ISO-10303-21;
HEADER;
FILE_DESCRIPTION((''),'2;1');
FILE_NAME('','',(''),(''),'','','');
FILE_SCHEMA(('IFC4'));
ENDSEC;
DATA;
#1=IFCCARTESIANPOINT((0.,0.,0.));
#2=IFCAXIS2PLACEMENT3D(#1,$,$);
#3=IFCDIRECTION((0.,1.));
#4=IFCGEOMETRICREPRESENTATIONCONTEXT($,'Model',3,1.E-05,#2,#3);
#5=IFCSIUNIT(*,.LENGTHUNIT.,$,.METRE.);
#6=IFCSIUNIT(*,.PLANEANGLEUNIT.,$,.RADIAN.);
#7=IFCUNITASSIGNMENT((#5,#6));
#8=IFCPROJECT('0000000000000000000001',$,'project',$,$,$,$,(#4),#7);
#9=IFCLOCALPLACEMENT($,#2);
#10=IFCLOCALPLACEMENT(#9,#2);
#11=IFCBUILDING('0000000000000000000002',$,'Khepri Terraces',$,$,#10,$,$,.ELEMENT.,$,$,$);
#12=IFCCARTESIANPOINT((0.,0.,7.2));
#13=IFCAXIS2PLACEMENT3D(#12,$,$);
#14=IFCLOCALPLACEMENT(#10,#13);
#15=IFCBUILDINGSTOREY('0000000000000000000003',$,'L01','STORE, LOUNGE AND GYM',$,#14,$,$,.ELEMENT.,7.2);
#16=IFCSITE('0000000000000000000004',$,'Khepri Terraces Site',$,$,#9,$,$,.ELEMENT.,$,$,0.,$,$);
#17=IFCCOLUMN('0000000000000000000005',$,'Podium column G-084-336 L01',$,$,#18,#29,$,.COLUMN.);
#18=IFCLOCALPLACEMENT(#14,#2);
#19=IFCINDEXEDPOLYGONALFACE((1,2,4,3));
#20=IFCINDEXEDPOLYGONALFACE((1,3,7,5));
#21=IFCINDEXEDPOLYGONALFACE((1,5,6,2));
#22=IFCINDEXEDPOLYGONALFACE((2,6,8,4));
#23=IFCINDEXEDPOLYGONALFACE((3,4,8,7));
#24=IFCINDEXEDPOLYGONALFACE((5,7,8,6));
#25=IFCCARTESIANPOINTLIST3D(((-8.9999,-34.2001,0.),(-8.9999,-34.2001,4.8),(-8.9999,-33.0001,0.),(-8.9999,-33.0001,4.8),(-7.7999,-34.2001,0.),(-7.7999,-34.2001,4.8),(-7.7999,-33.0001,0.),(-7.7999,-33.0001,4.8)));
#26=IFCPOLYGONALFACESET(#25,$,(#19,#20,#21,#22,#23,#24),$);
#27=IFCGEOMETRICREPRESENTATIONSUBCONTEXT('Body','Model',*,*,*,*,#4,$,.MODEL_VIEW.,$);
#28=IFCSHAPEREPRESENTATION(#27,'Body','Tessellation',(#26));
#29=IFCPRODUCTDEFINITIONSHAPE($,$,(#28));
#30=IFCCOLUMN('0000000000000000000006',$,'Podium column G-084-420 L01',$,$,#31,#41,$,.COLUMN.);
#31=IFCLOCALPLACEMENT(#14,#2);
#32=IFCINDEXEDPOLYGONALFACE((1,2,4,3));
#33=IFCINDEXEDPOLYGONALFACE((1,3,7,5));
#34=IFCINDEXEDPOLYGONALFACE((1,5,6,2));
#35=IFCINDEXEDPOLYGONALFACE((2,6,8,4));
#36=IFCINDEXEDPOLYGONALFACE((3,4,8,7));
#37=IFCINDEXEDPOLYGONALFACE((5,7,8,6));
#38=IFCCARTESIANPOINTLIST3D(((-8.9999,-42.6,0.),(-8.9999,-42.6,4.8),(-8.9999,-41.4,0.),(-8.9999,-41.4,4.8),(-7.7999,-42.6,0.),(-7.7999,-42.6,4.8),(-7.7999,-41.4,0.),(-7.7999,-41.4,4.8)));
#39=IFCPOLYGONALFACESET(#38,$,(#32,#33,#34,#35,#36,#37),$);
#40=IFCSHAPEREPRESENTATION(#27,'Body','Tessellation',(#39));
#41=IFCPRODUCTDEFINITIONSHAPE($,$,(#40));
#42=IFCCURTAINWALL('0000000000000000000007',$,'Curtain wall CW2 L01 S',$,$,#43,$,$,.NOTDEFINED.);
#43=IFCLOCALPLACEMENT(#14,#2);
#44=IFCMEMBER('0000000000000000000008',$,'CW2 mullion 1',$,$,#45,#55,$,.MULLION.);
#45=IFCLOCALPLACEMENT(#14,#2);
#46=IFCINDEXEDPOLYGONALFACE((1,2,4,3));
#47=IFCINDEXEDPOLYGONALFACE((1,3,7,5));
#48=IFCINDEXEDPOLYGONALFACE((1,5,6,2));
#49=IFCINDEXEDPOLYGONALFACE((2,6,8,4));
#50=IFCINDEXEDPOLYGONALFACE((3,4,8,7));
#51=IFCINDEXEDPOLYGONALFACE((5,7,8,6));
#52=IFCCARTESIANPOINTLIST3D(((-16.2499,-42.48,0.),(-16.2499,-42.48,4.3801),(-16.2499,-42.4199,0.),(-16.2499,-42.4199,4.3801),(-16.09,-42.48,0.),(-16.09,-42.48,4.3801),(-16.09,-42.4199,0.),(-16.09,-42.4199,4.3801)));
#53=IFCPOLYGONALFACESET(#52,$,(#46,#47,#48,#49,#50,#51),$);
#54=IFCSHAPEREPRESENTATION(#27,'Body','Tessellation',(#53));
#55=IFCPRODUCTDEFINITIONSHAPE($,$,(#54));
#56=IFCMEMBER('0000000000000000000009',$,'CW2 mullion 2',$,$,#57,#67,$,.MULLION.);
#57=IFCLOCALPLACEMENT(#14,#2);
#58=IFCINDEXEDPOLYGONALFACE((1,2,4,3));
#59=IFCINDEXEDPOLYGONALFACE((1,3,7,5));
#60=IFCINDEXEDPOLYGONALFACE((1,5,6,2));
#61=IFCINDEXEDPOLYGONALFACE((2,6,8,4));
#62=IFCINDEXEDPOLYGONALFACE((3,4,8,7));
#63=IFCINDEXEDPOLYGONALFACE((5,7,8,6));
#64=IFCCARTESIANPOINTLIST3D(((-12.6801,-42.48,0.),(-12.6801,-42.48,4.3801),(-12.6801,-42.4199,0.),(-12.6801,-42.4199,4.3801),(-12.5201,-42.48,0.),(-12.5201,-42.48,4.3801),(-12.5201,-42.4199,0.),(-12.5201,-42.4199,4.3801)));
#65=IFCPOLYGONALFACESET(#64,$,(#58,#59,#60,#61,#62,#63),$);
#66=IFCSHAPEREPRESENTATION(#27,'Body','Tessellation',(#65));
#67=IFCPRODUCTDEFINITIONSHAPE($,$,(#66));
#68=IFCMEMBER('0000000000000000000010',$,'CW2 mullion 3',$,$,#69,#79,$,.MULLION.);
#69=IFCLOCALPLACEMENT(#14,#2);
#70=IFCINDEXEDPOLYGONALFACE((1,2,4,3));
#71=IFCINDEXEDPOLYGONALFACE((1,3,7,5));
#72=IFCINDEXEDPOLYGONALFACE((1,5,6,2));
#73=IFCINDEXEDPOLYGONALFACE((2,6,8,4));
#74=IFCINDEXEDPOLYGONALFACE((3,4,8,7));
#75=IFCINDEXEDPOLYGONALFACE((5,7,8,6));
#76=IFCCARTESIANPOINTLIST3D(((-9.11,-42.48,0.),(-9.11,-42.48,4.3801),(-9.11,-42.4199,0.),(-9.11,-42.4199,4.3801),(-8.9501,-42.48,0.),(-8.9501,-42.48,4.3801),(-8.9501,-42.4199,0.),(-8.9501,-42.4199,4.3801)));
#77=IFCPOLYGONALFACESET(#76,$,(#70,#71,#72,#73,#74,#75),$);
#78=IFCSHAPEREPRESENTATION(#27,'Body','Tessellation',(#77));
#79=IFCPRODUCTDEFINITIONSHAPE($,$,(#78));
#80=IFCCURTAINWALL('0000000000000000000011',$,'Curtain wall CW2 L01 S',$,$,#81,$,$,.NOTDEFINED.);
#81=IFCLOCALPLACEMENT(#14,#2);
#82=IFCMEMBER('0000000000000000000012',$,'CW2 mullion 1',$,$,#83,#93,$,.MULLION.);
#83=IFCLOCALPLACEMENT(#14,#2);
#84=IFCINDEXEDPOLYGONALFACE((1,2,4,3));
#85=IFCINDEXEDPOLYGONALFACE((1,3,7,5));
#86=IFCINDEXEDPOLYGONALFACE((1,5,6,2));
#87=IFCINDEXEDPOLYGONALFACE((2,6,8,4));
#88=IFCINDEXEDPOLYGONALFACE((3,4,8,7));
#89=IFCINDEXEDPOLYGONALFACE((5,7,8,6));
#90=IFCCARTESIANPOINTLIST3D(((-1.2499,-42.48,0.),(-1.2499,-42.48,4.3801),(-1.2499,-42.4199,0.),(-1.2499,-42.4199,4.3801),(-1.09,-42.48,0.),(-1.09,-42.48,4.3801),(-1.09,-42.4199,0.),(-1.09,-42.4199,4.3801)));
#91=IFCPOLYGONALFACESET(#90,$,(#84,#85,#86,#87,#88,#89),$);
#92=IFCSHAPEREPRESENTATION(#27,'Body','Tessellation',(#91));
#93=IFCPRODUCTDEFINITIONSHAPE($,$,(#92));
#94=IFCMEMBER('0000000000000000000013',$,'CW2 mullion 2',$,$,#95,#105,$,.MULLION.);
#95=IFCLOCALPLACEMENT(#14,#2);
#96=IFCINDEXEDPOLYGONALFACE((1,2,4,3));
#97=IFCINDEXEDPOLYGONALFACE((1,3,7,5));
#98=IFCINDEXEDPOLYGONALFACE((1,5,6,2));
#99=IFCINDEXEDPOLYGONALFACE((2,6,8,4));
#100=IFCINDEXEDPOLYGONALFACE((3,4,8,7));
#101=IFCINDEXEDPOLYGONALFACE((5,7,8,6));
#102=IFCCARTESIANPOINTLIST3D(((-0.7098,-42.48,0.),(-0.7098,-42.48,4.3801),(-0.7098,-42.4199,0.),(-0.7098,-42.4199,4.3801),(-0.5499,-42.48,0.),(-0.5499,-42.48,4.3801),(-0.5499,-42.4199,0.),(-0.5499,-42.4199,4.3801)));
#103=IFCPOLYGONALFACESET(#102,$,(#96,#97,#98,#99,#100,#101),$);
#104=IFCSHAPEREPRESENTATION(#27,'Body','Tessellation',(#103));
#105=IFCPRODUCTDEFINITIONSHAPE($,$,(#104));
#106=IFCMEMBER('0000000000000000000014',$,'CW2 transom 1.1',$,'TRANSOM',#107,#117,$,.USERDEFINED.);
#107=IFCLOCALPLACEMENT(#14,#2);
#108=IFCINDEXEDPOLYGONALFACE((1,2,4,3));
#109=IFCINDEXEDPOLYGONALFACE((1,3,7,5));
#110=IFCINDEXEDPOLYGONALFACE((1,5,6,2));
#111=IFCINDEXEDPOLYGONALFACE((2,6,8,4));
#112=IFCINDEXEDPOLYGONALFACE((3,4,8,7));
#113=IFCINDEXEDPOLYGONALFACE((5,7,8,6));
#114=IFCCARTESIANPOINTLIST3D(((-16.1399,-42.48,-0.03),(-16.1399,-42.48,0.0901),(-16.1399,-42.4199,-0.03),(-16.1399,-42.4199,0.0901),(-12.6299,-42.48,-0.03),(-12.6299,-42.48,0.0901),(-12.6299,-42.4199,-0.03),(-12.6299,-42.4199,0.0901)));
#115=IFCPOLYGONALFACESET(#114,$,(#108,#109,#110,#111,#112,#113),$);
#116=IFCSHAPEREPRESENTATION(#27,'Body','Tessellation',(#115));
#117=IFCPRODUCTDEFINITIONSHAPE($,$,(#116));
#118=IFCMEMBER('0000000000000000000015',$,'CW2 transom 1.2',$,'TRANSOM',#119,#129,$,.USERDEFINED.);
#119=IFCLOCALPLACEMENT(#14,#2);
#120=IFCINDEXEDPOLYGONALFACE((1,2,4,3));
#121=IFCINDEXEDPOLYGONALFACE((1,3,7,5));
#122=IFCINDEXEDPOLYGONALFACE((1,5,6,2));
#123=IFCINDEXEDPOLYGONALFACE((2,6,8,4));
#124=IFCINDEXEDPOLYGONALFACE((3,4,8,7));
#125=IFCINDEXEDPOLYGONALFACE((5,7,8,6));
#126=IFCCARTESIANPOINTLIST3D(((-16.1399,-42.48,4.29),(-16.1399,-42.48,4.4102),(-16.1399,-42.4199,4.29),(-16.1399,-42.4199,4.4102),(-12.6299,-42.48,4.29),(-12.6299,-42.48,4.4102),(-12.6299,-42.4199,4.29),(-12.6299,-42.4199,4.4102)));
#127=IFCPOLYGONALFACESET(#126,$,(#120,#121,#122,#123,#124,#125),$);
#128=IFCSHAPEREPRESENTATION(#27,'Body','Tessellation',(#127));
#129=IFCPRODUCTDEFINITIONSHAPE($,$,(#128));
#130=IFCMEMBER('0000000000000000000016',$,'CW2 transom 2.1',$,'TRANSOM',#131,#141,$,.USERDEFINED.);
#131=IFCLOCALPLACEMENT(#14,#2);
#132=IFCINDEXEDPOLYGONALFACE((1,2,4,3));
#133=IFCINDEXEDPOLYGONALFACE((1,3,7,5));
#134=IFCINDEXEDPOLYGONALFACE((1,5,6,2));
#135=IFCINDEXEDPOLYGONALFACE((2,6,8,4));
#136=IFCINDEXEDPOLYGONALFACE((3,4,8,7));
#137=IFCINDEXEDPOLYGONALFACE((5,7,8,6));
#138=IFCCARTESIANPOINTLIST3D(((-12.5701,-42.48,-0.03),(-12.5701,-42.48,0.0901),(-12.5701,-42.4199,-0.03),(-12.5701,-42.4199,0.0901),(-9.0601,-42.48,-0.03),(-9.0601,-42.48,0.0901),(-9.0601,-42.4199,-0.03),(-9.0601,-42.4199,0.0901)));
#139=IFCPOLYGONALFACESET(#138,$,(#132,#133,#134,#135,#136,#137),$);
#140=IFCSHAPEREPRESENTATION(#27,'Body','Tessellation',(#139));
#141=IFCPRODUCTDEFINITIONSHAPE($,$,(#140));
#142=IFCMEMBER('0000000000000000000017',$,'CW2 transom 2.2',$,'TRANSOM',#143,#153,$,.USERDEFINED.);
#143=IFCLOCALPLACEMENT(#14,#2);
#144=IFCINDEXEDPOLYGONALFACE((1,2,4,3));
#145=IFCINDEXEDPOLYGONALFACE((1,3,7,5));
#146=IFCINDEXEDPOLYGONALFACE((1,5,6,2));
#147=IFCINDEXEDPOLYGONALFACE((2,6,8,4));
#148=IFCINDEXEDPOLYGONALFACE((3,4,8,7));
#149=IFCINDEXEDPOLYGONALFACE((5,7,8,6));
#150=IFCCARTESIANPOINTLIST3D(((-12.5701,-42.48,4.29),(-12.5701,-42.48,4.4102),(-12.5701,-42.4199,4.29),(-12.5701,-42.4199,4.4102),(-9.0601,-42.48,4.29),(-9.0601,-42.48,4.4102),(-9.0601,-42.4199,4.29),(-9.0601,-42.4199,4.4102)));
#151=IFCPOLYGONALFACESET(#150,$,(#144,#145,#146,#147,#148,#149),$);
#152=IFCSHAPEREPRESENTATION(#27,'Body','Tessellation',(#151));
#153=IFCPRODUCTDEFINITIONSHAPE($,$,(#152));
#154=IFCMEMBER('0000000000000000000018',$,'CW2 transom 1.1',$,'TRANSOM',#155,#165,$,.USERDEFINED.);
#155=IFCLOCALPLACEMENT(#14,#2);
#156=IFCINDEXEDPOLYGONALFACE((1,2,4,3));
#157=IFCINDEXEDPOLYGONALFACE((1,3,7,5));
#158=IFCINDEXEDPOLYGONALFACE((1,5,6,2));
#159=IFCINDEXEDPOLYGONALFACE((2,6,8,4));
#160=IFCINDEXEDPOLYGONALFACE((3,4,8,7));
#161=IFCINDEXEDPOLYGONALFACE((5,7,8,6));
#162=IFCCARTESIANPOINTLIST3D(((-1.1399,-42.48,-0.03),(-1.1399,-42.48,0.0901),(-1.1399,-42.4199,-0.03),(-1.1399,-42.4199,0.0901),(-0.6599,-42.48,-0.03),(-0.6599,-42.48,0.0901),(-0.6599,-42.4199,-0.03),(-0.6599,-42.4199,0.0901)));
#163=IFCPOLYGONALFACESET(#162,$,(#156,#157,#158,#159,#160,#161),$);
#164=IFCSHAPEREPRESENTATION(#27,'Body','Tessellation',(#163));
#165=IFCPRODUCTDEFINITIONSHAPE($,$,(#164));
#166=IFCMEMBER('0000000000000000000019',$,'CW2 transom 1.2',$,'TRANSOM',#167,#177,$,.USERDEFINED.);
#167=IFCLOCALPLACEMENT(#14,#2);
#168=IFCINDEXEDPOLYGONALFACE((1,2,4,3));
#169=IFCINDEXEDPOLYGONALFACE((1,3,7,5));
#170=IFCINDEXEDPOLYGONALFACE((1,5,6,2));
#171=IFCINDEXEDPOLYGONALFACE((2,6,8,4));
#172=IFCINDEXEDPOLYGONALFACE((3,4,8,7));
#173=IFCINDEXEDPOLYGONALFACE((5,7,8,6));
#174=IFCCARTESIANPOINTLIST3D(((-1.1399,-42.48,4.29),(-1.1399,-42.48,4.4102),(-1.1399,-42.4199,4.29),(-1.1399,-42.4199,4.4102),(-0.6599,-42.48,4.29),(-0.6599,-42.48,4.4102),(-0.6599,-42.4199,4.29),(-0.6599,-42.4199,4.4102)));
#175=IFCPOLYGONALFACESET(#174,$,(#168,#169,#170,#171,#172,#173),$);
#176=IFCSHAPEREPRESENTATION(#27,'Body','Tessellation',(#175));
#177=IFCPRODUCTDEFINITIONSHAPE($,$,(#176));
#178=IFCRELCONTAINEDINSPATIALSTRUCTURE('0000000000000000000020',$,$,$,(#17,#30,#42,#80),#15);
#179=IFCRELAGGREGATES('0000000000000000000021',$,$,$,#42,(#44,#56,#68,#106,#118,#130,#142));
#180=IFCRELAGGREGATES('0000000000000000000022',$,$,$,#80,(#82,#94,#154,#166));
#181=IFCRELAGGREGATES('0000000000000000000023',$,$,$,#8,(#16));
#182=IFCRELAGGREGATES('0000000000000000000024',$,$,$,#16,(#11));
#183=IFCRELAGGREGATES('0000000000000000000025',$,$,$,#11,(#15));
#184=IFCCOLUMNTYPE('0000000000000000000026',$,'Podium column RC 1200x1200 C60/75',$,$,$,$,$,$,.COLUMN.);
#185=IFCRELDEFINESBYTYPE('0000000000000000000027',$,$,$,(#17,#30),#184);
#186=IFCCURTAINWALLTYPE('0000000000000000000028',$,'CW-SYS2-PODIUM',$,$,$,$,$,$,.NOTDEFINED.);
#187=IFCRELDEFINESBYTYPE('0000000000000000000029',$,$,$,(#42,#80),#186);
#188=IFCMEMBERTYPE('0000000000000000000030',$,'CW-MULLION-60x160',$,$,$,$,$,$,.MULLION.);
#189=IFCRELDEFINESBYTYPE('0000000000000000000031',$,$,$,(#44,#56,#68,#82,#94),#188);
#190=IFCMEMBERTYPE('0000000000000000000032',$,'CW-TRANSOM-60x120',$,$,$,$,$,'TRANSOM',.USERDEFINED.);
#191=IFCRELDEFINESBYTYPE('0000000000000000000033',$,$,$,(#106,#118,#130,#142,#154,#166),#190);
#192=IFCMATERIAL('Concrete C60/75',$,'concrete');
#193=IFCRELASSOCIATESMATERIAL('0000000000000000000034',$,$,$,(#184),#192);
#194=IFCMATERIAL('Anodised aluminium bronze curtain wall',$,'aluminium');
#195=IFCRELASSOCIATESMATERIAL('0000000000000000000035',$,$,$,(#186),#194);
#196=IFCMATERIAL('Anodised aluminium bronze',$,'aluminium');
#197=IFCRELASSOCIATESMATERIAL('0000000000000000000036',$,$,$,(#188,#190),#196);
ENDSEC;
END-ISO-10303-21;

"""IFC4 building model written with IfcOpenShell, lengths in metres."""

from ifc_helpers import new_model, si_unit, direction, frame, origin, origin_2d, place, context, subcontext, project, spatial, rectangle, extrude, material, material_profile, profile_set, type_object, element, aggregate, save


model = new_model("IFC4")

# Units and contexts
model_context = context("Model", 3, precision=1e-05, world=origin(), true_north=direction((0.0, 1.0)))
body_context = subcontext(model_context, "Body", "Model", "MODEL_VIEW")
ifc_project = project(units=[si_unit("LENGTHUNIT", "METRE"), si_unit("PLANEANGLEUNIT", "RADIAN")], contexts=[model_context])

# Site, building, storey
site_placement = place(None, origin())
site = spatial("IfcSite", under=ifc_project, at=site_placement, Name="Khepri Terraces Site", CompositionType="ELEMENT", RefElevation=0.0)
building_placement = place(site_placement, origin())
building = spatial("IfcBuilding", under=site, at=building_placement, Name="Khepri Terraces", CompositionType="ELEMENT")
storey_placement = place(building_placement, frame((0.0, 0.0, 7.2)))
storey = spatial("IfcBuildingStorey", under=building, at=storey_placement, Name="L01", Description="STORE, LOUNGE AND GYM", CompositionType="ELEMENT", Elevation=7.2)

# Columns
ifc_material_1 = material(Name="Concrete C60/75", Category="concrete")
ifc_material_profile_1 = material_profile(ifc_material_1, rectangle(XDim=1.2, YDim=1.2, at=origin_2d()), Name="Concrete C60/75", Category="concrete")
ifc_profile_set_1 = profile_set([ifc_material_profile_1], Name="Concrete C60/75")
column_type = type_object("IfcColumnType", Name="Podium column RC 1200x1200 C60/75", PredefinedType="COLUMN", material=ifc_profile_set_1)
for number, where, z_axis, x_axis, name in (
    (1, (-8.3999, -33.6001, 0.0), (0.0, 0.0, 1.0), (1.0, 0.0, 0.0), "Podium column G-084-336 L01"),
    (2, (-8.3999, -42.0, 0.0), (0.0, 0.0, 1.0), (1.0, 0.0, 0.0), "Podium column G-084-420 L01"),
):
    element("IfcColumn", number, at=place(storey_placement, frame(where, z_axis=z_axis, x_axis=x_axis)), inside=storey, type_object=column_type, Name=name, PredefinedType="COLUMN", context=body_context, shape_type="SweptSolid", body=[
        extrude(rectangle(XDim=1.2, YDim=1.2, at=origin_2d()), origin(), (0.0, 0.0, 1.0), 4.8),
    ])

# Curtain walls, members
ifc_material_2 = material(Name="Anodised aluminium bronze curtain wall", Category="aluminium")
curtain_wall_type = type_object("IfcCurtainWallType", Name="CW-SYS2-PODIUM", PredefinedType="NOTDEFINED", material=ifc_material_2)
curtain_wall_1_placement = place(storey_placement, origin())
curtain_wall_1 = element("IfcCurtainWall", 3, at=curtain_wall_1_placement, inside=storey, type_object=curtain_wall_type, Name="Curtain wall CW2 L01 S", PredefinedType="NOTDEFINED")
ifc_material_3 = material(Name="Anodised aluminium bronze", Category="aluminium")
ifc_material_profile_2 = material_profile(ifc_material_3, rectangle(XDim=0.0601, YDim=0.1599, at=origin_2d()), Name="Anodised aluminium bronze", Category="aluminium")
ifc_profile_set_2 = profile_set([ifc_material_profile_2], Name="Anodised aluminium bronze")
member_type_1 = type_object("IfcMemberType", Name="CW-MULLION-60x160", PredefinedType="MULLION", material=ifc_profile_set_2)
member_1_placement = place(storey_placement, frame((-16.1699, -42.45, 0.0), z_axis=(0.0, 0.0, 1.0), x_axis=(0.0, 1.0, 0.0)))
member_1 = element("IfcMember", 4, at=member_1_placement, type_object=member_type_1, Name="CW2 mullion 1", PredefinedType="MULLION", context=body_context, shape_type="SweptSolid", body=[
    extrude(rectangle(XDim=0.0601, YDim=0.1599, at=origin_2d()), origin(), (0.0, 0.0, 1.0), 4.3801),
])
member_2_placement = place(storey_placement, frame((-12.6001, -42.45, 0.0), z_axis=(0.0, 0.0, 1.0), x_axis=(0.0, 1.0, 0.0)))
member_2 = element("IfcMember", 5, at=member_2_placement, type_object=member_type_1, Name="CW2 mullion 2", PredefinedType="MULLION", context=body_context, shape_type="SweptSolid", body=[
    extrude(rectangle(XDim=0.0601, YDim=0.1599, at=origin_2d()), origin(), (0.0, 0.0, 1.0), 4.3801),
])
member_3_placement = place(storey_placement, frame((-9.03, -42.45, 0.0), z_axis=(0.0, 0.0, 1.0), x_axis=(0.0, 1.0, 0.0)))
member_3 = element("IfcMember", 6, at=member_3_placement, type_object=member_type_1, Name="CW2 mullion 3", PredefinedType="MULLION", context=body_context, shape_type="SweptSolid", body=[
    extrude(rectangle(XDim=0.0601, YDim=0.1599, at=origin_2d()), origin(), (0.0, 0.0, 1.0), 4.3801),
])
curtain_wall_2_placement = place(storey_placement, origin())
curtain_wall_2 = element("IfcCurtainWall", 7, at=curtain_wall_2_placement, inside=storey, type_object=curtain_wall_type, Name="Curtain wall CW2 L01 S", PredefinedType="NOTDEFINED")
member_4_placement = place(storey_placement, frame((-1.1699, -42.45, 0.0), z_axis=(0.0, 0.0, 1.0), x_axis=(0.0, 1.0, 0.0)))
member_4 = element("IfcMember", 8, at=member_4_placement, type_object=member_type_1, Name="CW2 mullion 1", PredefinedType="MULLION", context=body_context, shape_type="SweptSolid", body=[
    extrude(rectangle(XDim=0.0601, YDim=0.1599, at=origin_2d()), origin(), (0.0, 0.0, 1.0), 4.3801),
])
member_5_placement = place(storey_placement, frame((-0.6299, -42.45, 0.0), z_axis=(0.0, 0.0, 1.0), x_axis=(0.0, 1.0, 0.0)))
member_5 = element("IfcMember", 9, at=member_5_placement, type_object=member_type_1, Name="CW2 mullion 2", PredefinedType="MULLION", context=body_context, shape_type="SweptSolid", body=[
    extrude(rectangle(XDim=0.0601, YDim=0.1599, at=origin_2d()), origin(), (0.0, 0.0, 1.0), 4.3801),
])

# Members
ifc_material_profile_3 = material_profile(ifc_material_3, rectangle(XDim=0.0601, YDim=0.1201, at=origin_2d()), Name="Anodised aluminium bronze", Category="aluminium")
ifc_profile_set_3 = profile_set([ifc_material_profile_3], Name="Anodised aluminium bronze")
member_type_2 = type_object("IfcMemberType", Name="CW-TRANSOM-60x120", ElementType="TRANSOM", PredefinedType="USERDEFINED", material=ifc_profile_set_3)
member_6_placement = place(storey_placement, frame((-16.1399, -42.45, 0.03), z_axis=(1.0, 0.0, 0.0), x_axis=(0.0, 1.0, 0.0)))
member_6 = element("IfcMember", 10, at=member_6_placement, type_object=member_type_2, Name="CW2 transom 1.1", ObjectType="TRANSOM", PredefinedType="USERDEFINED", context=body_context, shape_type="SweptSolid", body=[
    extrude(rectangle(XDim=0.0601, YDim=0.1201, at=origin_2d()), origin(), (0.0, 0.0, 1.0), 3.51),
])
member_7_placement = place(storey_placement, frame((-16.1399, -42.45, 4.3501), z_axis=(1.0, 0.0, 0.0), x_axis=(0.0, 1.0, 0.0)))
member_7 = element("IfcMember", 11, at=member_7_placement, type_object=member_type_2, Name="CW2 transom 1.2", ObjectType="TRANSOM", PredefinedType="USERDEFINED", context=body_context, shape_type="SweptSolid", body=[
    extrude(rectangle(XDim=0.0601, YDim=0.1201, at=origin_2d()), origin(), (0.0, 0.0, 1.0), 3.51),
])
member_8_placement = place(storey_placement, frame((-12.5701, -42.45, 0.03), z_axis=(1.0, 0.0, 0.0), x_axis=(0.0, 1.0, 0.0)))
member_8 = element("IfcMember", 12, at=member_8_placement, type_object=member_type_2, Name="CW2 transom 2.1", ObjectType="TRANSOM", PredefinedType="USERDEFINED", context=body_context, shape_type="SweptSolid", body=[
    extrude(rectangle(XDim=0.0601, YDim=0.1201, at=origin_2d()), origin(), (0.0, 0.0, 1.0), 3.51),
])
member_9_placement = place(storey_placement, frame((-12.5701, -42.45, 4.3501), z_axis=(1.0, 0.0, 0.0), x_axis=(0.0, 1.0, 0.0)))
member_9 = element("IfcMember", 13, at=member_9_placement, type_object=member_type_2, Name="CW2 transom 2.2", ObjectType="TRANSOM", PredefinedType="USERDEFINED", context=body_context, shape_type="SweptSolid", body=[
    extrude(rectangle(XDim=0.0601, YDim=0.1201, at=origin_2d()), origin(), (0.0, 0.0, 1.0), 3.51),
])
member_10_placement = place(storey_placement, frame((-1.1399, -42.45, 0.03), z_axis=(1.0, 0.0, 0.0), x_axis=(0.0, 1.0, 0.0)))
member_10 = element("IfcMember", 14, at=member_10_placement, type_object=member_type_2, Name="CW2 transom 1.1", ObjectType="TRANSOM", PredefinedType="USERDEFINED", context=body_context, shape_type="SweptSolid", body=[
    extrude(rectangle(XDim=0.0601, YDim=0.1201, at=origin_2d()), origin(), (0.0, 0.0, 1.0), 0.48),
])
member_11_placement = place(storey_placement, frame((-1.1399, -42.45, 4.3501), z_axis=(1.0, 0.0, 0.0), x_axis=(0.0, 1.0, 0.0)))
member_11 = element("IfcMember", 15, at=member_11_placement, type_object=member_type_2, Name="CW2 transom 1.2", ObjectType="TRANSOM", PredefinedType="USERDEFINED", context=body_context, shape_type="SweptSolid", body=[
    extrude(rectangle(XDim=0.0601, YDim=0.1201, at=origin_2d()), origin(), (0.0, 0.0, 1.0), 0.48),
])

aggregate(curtain_wall_1, [member_1, member_2, member_3, member_6, member_7, member_8, member_9])
aggregate(curtain_wall_2, [member_4, member_5, member_10, member_11])

save(model, "model.ifc")
